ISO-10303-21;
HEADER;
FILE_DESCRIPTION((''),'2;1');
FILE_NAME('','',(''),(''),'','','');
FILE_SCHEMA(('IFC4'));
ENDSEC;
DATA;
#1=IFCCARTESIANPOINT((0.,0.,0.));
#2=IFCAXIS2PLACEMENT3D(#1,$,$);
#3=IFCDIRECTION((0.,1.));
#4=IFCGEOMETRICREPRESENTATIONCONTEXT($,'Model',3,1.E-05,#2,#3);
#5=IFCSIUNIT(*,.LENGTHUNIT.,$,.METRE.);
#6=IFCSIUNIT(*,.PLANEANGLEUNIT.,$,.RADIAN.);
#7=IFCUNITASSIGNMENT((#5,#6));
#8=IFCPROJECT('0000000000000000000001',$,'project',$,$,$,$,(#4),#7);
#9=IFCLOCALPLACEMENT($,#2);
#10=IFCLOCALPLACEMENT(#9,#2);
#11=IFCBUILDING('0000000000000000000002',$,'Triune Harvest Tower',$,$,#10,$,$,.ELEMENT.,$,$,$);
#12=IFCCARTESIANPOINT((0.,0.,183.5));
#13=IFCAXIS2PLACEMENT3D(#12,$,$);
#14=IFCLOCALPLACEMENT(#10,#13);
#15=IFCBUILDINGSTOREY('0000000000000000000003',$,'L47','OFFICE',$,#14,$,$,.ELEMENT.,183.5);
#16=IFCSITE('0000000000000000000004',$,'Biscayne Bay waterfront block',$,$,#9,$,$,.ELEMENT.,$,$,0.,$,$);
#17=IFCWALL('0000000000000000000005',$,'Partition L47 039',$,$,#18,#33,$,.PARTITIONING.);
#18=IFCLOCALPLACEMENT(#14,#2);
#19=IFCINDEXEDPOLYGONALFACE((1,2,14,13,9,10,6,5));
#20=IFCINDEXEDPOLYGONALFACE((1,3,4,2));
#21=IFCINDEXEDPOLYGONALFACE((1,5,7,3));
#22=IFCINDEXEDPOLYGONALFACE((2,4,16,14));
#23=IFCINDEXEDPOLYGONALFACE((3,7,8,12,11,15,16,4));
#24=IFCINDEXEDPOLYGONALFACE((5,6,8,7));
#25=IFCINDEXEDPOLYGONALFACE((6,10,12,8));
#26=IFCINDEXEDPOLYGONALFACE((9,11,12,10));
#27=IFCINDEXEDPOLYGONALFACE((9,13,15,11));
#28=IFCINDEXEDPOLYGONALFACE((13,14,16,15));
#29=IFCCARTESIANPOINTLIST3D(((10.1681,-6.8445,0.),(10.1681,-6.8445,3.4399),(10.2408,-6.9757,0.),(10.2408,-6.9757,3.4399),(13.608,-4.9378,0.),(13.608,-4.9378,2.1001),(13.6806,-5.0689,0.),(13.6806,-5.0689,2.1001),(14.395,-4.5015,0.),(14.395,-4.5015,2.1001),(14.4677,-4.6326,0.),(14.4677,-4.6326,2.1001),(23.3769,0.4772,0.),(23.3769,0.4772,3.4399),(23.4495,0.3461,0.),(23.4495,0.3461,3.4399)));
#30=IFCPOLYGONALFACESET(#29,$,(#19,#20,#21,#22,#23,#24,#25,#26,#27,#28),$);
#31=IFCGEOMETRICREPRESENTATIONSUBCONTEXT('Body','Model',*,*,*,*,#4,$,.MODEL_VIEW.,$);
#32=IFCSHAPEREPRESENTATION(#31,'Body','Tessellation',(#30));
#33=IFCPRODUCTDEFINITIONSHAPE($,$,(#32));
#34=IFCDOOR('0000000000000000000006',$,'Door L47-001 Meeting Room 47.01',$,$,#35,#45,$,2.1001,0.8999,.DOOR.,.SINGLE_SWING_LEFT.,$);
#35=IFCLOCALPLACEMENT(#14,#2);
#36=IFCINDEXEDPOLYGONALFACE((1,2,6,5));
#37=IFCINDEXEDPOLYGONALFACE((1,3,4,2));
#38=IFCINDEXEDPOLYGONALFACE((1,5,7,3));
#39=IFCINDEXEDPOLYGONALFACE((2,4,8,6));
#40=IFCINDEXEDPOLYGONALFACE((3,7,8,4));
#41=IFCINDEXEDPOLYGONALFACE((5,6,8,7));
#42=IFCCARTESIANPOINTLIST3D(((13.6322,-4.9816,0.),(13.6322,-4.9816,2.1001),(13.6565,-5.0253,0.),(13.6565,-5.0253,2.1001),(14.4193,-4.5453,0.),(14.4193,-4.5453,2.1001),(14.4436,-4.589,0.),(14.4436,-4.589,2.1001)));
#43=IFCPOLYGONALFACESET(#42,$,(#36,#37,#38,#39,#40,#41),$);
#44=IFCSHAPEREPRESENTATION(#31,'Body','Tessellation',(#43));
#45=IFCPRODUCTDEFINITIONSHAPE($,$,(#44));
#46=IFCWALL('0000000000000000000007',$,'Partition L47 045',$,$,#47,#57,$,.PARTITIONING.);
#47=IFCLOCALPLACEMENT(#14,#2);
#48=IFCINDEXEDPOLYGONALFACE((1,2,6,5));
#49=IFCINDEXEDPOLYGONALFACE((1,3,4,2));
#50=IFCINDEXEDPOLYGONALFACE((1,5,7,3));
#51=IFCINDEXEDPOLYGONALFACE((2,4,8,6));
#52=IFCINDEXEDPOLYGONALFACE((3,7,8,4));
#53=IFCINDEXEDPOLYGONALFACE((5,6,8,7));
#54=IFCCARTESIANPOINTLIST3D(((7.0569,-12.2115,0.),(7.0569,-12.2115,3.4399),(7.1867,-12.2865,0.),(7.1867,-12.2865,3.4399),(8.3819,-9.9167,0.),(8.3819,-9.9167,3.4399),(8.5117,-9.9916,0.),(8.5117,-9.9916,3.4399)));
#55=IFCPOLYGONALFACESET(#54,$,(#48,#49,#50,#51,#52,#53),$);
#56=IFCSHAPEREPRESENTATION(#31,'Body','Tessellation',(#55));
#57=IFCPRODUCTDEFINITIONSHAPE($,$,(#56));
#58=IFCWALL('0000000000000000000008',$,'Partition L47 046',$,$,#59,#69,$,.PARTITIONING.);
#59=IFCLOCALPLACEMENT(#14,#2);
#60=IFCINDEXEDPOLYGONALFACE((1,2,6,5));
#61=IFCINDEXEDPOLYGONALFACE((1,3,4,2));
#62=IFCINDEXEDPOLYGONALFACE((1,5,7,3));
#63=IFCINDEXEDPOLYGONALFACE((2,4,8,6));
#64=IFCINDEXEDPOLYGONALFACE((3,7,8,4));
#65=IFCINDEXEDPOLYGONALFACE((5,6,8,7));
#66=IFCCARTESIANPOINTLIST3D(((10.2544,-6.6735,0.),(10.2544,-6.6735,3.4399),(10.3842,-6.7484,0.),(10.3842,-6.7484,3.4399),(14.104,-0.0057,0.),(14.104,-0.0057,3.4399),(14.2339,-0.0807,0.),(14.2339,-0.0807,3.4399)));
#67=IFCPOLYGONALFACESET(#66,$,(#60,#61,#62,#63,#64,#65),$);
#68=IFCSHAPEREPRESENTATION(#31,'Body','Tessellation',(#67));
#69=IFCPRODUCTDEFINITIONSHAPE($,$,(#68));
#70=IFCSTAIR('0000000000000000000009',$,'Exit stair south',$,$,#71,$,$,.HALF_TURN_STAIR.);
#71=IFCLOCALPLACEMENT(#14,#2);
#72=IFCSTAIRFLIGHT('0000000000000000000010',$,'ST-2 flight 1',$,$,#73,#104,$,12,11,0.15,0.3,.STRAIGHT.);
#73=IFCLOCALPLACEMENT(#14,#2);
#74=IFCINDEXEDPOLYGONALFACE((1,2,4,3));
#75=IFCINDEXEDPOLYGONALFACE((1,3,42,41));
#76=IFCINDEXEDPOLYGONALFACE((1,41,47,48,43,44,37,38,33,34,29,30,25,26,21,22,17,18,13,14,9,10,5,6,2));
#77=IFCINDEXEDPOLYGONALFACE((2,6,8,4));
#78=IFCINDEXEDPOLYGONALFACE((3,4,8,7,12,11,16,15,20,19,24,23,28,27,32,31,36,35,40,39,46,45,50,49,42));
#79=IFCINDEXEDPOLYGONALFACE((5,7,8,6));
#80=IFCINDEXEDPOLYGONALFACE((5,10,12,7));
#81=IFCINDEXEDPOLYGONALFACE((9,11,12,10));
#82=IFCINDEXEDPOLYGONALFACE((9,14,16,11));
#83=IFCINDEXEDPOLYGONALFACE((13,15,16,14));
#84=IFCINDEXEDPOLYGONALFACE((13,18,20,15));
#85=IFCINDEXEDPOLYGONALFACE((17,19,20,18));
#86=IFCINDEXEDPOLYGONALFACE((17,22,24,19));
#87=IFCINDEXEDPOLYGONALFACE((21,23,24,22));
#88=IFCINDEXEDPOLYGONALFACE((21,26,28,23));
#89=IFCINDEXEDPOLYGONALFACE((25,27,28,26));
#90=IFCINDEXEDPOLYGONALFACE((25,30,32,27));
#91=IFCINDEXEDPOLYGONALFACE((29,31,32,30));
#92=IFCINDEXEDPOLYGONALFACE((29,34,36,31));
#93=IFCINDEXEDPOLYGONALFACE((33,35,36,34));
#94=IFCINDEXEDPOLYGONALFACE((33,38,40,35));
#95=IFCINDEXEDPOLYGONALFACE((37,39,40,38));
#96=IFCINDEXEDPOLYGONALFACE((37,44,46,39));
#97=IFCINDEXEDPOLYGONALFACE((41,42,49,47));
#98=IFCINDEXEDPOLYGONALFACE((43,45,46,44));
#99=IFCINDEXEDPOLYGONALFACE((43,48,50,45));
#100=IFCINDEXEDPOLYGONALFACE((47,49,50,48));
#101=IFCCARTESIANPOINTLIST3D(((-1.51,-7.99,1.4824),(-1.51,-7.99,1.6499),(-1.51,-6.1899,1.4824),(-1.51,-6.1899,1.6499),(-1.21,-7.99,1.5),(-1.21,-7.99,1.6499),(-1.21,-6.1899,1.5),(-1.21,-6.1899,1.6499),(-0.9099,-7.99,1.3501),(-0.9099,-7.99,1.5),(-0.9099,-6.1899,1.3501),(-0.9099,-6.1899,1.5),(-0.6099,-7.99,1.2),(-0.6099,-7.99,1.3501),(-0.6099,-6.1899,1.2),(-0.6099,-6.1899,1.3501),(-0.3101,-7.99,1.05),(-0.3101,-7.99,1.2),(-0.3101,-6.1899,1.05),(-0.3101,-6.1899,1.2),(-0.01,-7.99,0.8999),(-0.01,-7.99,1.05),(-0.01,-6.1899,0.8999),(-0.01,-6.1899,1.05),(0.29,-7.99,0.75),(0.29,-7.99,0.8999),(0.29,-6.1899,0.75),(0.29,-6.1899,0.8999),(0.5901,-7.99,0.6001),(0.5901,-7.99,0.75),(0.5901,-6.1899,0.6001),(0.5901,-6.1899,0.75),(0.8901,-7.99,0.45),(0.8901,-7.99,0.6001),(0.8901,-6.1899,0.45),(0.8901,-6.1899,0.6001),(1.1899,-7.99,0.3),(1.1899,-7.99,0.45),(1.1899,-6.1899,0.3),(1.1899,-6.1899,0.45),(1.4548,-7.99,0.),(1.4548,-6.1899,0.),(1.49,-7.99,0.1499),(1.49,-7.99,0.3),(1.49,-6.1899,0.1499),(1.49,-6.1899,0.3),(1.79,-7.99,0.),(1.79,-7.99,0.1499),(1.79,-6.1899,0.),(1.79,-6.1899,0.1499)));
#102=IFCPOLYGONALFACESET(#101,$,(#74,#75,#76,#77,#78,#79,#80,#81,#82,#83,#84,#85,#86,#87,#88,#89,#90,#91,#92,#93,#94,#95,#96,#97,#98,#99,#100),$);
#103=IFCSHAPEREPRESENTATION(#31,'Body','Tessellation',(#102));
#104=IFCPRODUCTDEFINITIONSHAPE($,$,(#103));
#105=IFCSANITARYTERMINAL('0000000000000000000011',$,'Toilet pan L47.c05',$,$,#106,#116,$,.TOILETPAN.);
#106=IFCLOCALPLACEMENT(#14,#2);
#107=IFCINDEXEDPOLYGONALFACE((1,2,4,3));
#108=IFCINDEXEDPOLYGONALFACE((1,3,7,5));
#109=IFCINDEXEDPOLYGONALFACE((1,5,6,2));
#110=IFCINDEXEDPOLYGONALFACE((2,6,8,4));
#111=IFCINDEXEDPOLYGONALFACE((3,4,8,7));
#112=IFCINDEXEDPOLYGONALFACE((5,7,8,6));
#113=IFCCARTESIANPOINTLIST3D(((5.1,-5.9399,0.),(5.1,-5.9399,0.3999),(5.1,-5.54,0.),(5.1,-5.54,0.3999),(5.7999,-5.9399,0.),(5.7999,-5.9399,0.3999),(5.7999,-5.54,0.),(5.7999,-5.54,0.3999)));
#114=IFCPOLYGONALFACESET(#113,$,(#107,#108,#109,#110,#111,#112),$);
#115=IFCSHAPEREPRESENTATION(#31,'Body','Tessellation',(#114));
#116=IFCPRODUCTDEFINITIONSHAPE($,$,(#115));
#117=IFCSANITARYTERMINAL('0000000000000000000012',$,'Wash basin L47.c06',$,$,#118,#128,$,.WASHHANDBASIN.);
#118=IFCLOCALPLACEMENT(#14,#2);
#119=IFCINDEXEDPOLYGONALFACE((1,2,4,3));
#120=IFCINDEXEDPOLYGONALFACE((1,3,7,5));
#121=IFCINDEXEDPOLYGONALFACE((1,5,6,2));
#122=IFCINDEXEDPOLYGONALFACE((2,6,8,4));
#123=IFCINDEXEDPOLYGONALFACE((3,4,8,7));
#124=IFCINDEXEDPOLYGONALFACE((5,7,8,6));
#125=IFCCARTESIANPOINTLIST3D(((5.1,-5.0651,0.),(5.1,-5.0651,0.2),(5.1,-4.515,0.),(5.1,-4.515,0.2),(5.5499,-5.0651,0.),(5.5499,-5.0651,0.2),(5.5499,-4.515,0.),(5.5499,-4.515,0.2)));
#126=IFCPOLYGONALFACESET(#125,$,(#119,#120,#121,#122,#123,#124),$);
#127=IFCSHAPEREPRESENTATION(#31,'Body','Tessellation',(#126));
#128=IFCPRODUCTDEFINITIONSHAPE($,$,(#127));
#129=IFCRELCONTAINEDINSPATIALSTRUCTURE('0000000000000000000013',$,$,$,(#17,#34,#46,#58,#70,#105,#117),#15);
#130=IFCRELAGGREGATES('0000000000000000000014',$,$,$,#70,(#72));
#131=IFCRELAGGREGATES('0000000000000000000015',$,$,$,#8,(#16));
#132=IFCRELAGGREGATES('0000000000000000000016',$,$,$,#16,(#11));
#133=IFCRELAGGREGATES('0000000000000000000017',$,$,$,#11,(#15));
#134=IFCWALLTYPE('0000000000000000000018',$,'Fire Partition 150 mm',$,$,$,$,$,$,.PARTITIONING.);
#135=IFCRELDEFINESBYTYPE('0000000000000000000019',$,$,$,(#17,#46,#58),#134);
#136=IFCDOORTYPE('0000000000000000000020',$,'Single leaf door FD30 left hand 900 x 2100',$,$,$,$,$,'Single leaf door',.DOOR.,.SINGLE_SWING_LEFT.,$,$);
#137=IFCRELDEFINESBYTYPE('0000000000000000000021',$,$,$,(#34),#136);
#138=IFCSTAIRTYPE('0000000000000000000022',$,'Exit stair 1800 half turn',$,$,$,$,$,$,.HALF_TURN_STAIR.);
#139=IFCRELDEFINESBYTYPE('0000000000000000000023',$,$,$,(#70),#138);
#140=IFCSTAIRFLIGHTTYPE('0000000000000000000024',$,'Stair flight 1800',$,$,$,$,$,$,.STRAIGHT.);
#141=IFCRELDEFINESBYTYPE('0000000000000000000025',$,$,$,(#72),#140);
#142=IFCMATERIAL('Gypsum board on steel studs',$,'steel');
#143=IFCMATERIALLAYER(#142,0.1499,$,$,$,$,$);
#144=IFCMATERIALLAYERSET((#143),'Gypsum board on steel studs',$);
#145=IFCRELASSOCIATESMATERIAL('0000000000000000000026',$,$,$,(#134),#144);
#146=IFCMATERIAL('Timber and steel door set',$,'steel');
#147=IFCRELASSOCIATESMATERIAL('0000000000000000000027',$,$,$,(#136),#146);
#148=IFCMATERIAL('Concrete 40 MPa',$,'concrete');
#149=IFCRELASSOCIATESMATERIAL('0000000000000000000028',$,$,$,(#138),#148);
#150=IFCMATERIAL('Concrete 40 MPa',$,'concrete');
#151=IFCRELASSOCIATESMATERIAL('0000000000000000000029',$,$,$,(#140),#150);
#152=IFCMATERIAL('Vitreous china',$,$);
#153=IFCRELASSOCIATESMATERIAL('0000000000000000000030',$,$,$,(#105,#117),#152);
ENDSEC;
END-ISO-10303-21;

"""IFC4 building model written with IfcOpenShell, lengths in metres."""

from ifc_helpers import new_model, si_unit, direction, frame, frame_2d, origin, origin_2d, place, context, subcontext, project, spatial, polyline, rectangle, outline, extrude, source, transform, mapped, material, layer, layer_set, type_object, element, fill, aggregate, save


model = new_model("IFC4")

# Units and contexts
model_context = context("Model", 3, precision=1e-05, world=origin(), true_north=direction((0.0, 1.0)))
body_context = subcontext(model_context, "Body", "Model", "MODEL_VIEW")
ifc_project = project(units=[si_unit("LENGTHUNIT", "METRE"), si_unit("PLANEANGLEUNIT", "RADIAN")], contexts=[model_context])

# Site, building, storey
site_placement = place(None, origin())
site = spatial("IfcSite", under=ifc_project, at=site_placement, Name="Biscayne Bay waterfront block", CompositionType="ELEMENT", RefElevation=0.0)
building_placement = place(site_placement, origin())
building = spatial("IfcBuilding", under=site, at=building_placement, Name="Triune Harvest Tower", CompositionType="ELEMENT")
storey_placement = place(building_placement, frame((0.0, 0.0, 183.5)))
storey = spatial("IfcBuildingStorey", under=building, at=storey_placement, Name="L47", Description="OFFICE", CompositionType="ELEMENT", Elevation=183.5)

# Shared definitions
ifc_material_1 = material(Name="Gypsum board on steel studs", Category="steel")
ifc_layer_1 = layer(ifc_material_1, 0.1499)
ifc_layer_set_1 = layer_set([ifc_layer_1], Name="Gypsum board on steel studs")
wall_type_1 = type_object("IfcWallType", Name="Fire Partition 150 mm", PredefinedType="PARTITIONING", material=ifc_layer_set_1)

# Wall, opening, door
ifc_material_2 = material(Name="Timber and steel door set", Category="steel")
door_type_1 = type_object("IfcDoorType", Name="Single leaf door FD30 left hand 900 x 2100", ElementType="Single leaf door", OperationType="SINGLE_SWING_LEFT", PredefinedType="DOOR", material=ifc_material_2)
shared_shape_1 = source(origin(), body_context, "Body", "SweptSolid", [
    extrude(rectangle(XDim=15.1023, YDim=0.1499, at=frame_2d((7.5513, 0.0))), origin(), (0.0, 0.0, 1.0), 3.4399),
])
wall_1_placement = place(storey_placement, frame((10.2043, -6.9102, 0.0), z_axis=(0.0, 0.0, 1.0), x_axis=(0.874618, 0.484812, 0.0)))
wall_1 = element("IfcWall", 1, at=wall_1_placement, inside=storey, type_object=wall_type_1, Name="Partition L47 039", PredefinedType="PARTITIONING", context=body_context, shape_type="MappedRepresentation", body=[
    mapped(shared_shape_1, transform((0.0, 0.0, 0.0), scale=1.0)),
])
opening_1_placement = place(wall_1_placement, frame((3.9331, 0.0, 0.0)))
opening_1 = element("IfcOpeningElement", 2, at=opening_1_placement, cuts=wall_1, PredefinedType="OPENING", context=body_context, shape_type="SweptSolid", body=[
    extrude(rectangle(XDim=0.8999, YDim=2.1001, at=frame_2d((0.45, 1.05))), frame((0.0, 0.085, 0.0), z_axis=(0.0, -1.0, 0.0), x_axis=(1.0, 0.0, 0.0)), (0.0, 0.0, 1.0), 0.1699),
])
door_1_placement = place(opening_1_placement, origin())
door_1 = element("IfcDoor", 3, at=door_1_placement, inside=storey, type_object=door_type_1, Name="Door L47-001 Meeting Room 47.01", OperationType="SINGLE_SWING_LEFT", OverallHeight=2.1001, OverallWidth=0.8999, PredefinedType="DOOR", context=body_context, shape_type="SweptSolid", body=[
    extrude(rectangle(XDim=0.8999, YDim=2.1001, at=frame_2d((0.45, 1.05))), frame((0.0, 0.0249, 0.0), z_axis=(0.0, -1.0, 0.0), x_axis=(1.0, 0.0, 0.0)), (0.0, 0.0, 1.0), 0.05),
])
fill(opening_1, door_1)

# Walls
shared_shape_2 = source(origin(), body_context, "Body", "SweptSolid", [
    extrude(rectangle(XDim=2.6499, YDim=0.1499, at=frame_2d((1.325, 0.0))), origin(), (0.0, 0.0, 1.0), 3.4399),
])
wall_2_placement = place(storey_placement, frame((7.1218, -12.249, 0.0), z_axis=(0.0, 0.0, 1.0), x_axis=(0.499994, 0.866029, 0.0)))
element("IfcWall", 4, at=wall_2_placement, inside=storey, type_object=wall_type_1, Name="Partition L47 045", PredefinedType="PARTITIONING", context=body_context, shape_type="MappedRepresentation", body=[
    mapped(shared_shape_2, transform((0.0, 0.0, 0.0), scale=1.0)),
])
shared_shape_3 = source(origin(), body_context, "Body", "SweptSolid", [
    extrude(rectangle(XDim=7.6992, YDim=0.1499, at=frame_2d((3.8496, 0.0))), origin(), (0.0, 0.0, 1.0), 3.4399),
])
wall_3_placement = place(storey_placement, frame((10.3193, -6.7109, 0.0), z_axis=(0.0, 0.0, 1.0), x_axis=(0.5, 0.866026, 0.0)))
element("IfcWall", 5, at=wall_3_placement, inside=storey, type_object=wall_type_1, Name="Partition L47 046", PredefinedType="PARTITIONING", context=body_context, shape_type="MappedRepresentation", body=[
    mapped(shared_shape_3, transform((0.0, 0.0, 0.0), scale=1.0)),
])

# Stair, stair flight
ifc_material_3 = material(Name="Concrete 40 MPa", Category="concrete")
stair_type = type_object("IfcStairType", Name="Exit stair 1800 half turn", PredefinedType="HALF_TURN_STAIR", material=ifc_material_3)
stair_placement = place(storey_placement, origin())
stair = element("IfcStair", 6, at=stair_placement, inside=storey, type_object=stair_type, Name="Exit stair south", PredefinedType="HALF_TURN_STAIR")
ifc_material_4 = material(Name="Concrete 40 MPa", Category="concrete")
stair_flight_type = type_object("IfcStairFlightType", Name="Stair flight 1800", PredefinedType="STRAIGHT", material=ifc_material_4)
shared_shape_4 = source(origin(), body_context, "Body", "SweptSolid", [
    extrude(outline(polyline([(0.0, 0.0), (0.0, 0.1499), (0.3, 0.1499), (0.3, 0.3), (0.6001, 0.3), (0.6001, 0.45), (0.8999, 0.45), (0.8999, 0.6001), (1.2, 0.6001), (1.2, 0.75), (1.5, 0.75), (1.5, 0.8999), (1.8, 0.8999), (1.8, 1.05), (2.1001, 1.05), (2.1001, 1.2), (2.3999, 1.2), (2.3999, 1.3501), (2.7, 1.3501), (2.7, 1.5), (3.0, 1.5), (3.0, 1.6499), (3.3, 1.6499), (3.3, 1.8), (3.3, 1.4824), (0.3352, 0.0), (0.0, 0.0)])), frame((0.0, 0.8999, 0.0), z_axis=(0.0, -1.0, 0.0), x_axis=(1.0, 0.0, 0.0)), (0.0, 0.0, 1.0), 1.8),
])
stair_flight_placement = place(storey_placement, frame((1.79, -7.0901, 0.0), z_axis=(0.0, 0.0, 1.0), x_axis=(-1.0, 0.0, 0.0)))
stair_flight = element("IfcStairFlight", 7, at=stair_flight_placement, type_object=stair_flight_type, Name="ST-2 flight 1", NumberOfRisers=12, NumberOfTreads=11, PredefinedType="STRAIGHT", RiserHeight=0.15, TreadLength=0.3, context=body_context, shape_type="MappedRepresentation", body=[
    mapped(shared_shape_4, transform((0.0, 0.0, 0.0), scale=1.0)),
])
aggregate(stair, [stair_flight])

# Sanitary terminals
ifc_material_5 = material(Name="Vitreous china")
shared_shape_5 = source(origin(), body_context, "Body", "SweptSolid", [
    extrude(rectangle(XDim=0.3999, YDim=0.7, at=origin_2d()), origin(), (0.0, 0.0, 1.0), 0.3999),
])
sanitary_terminal_1_placement = place(storey_placement, frame((5.45, -5.74, 0.0), z_axis=(0.0, 0.0, 1.0), x_axis=(0.0, 1.0, 0.0)))
element("IfcSanitaryTerminal", 8, at=sanitary_terminal_1_placement, inside=storey, material=ifc_material_5, Name="Toilet pan L47.c05", PredefinedType="TOILETPAN", context=body_context, shape_type="MappedRepresentation", body=[
    mapped(shared_shape_5, transform((0.0, 0.0, 0.0), scale=1.0)),
])
shared_shape_6 = source(origin(), body_context, "Body", "SweptSolid", [
    extrude(rectangle(XDim=0.55, YDim=0.45, at=origin_2d()), origin(), (0.0, 0.0, 1.0), 0.2),
])
sanitary_terminal_2_placement = place(storey_placement, frame((5.325, -4.79, 0.0), z_axis=(0.0, 0.0, 1.0), x_axis=(0.0, 1.0, 0.0)))
element("IfcSanitaryTerminal", 9, at=sanitary_terminal_2_placement, inside=storey, material=ifc_material_5, Name="Wash basin L47.c06", PredefinedType="WASHHANDBASIN", context=body_context, shape_type="MappedRepresentation", body=[
    mapped(shared_shape_6, transform((0.0, 0.0, 0.0), scale=1.0)),
])

save(model, "model.ifc")
